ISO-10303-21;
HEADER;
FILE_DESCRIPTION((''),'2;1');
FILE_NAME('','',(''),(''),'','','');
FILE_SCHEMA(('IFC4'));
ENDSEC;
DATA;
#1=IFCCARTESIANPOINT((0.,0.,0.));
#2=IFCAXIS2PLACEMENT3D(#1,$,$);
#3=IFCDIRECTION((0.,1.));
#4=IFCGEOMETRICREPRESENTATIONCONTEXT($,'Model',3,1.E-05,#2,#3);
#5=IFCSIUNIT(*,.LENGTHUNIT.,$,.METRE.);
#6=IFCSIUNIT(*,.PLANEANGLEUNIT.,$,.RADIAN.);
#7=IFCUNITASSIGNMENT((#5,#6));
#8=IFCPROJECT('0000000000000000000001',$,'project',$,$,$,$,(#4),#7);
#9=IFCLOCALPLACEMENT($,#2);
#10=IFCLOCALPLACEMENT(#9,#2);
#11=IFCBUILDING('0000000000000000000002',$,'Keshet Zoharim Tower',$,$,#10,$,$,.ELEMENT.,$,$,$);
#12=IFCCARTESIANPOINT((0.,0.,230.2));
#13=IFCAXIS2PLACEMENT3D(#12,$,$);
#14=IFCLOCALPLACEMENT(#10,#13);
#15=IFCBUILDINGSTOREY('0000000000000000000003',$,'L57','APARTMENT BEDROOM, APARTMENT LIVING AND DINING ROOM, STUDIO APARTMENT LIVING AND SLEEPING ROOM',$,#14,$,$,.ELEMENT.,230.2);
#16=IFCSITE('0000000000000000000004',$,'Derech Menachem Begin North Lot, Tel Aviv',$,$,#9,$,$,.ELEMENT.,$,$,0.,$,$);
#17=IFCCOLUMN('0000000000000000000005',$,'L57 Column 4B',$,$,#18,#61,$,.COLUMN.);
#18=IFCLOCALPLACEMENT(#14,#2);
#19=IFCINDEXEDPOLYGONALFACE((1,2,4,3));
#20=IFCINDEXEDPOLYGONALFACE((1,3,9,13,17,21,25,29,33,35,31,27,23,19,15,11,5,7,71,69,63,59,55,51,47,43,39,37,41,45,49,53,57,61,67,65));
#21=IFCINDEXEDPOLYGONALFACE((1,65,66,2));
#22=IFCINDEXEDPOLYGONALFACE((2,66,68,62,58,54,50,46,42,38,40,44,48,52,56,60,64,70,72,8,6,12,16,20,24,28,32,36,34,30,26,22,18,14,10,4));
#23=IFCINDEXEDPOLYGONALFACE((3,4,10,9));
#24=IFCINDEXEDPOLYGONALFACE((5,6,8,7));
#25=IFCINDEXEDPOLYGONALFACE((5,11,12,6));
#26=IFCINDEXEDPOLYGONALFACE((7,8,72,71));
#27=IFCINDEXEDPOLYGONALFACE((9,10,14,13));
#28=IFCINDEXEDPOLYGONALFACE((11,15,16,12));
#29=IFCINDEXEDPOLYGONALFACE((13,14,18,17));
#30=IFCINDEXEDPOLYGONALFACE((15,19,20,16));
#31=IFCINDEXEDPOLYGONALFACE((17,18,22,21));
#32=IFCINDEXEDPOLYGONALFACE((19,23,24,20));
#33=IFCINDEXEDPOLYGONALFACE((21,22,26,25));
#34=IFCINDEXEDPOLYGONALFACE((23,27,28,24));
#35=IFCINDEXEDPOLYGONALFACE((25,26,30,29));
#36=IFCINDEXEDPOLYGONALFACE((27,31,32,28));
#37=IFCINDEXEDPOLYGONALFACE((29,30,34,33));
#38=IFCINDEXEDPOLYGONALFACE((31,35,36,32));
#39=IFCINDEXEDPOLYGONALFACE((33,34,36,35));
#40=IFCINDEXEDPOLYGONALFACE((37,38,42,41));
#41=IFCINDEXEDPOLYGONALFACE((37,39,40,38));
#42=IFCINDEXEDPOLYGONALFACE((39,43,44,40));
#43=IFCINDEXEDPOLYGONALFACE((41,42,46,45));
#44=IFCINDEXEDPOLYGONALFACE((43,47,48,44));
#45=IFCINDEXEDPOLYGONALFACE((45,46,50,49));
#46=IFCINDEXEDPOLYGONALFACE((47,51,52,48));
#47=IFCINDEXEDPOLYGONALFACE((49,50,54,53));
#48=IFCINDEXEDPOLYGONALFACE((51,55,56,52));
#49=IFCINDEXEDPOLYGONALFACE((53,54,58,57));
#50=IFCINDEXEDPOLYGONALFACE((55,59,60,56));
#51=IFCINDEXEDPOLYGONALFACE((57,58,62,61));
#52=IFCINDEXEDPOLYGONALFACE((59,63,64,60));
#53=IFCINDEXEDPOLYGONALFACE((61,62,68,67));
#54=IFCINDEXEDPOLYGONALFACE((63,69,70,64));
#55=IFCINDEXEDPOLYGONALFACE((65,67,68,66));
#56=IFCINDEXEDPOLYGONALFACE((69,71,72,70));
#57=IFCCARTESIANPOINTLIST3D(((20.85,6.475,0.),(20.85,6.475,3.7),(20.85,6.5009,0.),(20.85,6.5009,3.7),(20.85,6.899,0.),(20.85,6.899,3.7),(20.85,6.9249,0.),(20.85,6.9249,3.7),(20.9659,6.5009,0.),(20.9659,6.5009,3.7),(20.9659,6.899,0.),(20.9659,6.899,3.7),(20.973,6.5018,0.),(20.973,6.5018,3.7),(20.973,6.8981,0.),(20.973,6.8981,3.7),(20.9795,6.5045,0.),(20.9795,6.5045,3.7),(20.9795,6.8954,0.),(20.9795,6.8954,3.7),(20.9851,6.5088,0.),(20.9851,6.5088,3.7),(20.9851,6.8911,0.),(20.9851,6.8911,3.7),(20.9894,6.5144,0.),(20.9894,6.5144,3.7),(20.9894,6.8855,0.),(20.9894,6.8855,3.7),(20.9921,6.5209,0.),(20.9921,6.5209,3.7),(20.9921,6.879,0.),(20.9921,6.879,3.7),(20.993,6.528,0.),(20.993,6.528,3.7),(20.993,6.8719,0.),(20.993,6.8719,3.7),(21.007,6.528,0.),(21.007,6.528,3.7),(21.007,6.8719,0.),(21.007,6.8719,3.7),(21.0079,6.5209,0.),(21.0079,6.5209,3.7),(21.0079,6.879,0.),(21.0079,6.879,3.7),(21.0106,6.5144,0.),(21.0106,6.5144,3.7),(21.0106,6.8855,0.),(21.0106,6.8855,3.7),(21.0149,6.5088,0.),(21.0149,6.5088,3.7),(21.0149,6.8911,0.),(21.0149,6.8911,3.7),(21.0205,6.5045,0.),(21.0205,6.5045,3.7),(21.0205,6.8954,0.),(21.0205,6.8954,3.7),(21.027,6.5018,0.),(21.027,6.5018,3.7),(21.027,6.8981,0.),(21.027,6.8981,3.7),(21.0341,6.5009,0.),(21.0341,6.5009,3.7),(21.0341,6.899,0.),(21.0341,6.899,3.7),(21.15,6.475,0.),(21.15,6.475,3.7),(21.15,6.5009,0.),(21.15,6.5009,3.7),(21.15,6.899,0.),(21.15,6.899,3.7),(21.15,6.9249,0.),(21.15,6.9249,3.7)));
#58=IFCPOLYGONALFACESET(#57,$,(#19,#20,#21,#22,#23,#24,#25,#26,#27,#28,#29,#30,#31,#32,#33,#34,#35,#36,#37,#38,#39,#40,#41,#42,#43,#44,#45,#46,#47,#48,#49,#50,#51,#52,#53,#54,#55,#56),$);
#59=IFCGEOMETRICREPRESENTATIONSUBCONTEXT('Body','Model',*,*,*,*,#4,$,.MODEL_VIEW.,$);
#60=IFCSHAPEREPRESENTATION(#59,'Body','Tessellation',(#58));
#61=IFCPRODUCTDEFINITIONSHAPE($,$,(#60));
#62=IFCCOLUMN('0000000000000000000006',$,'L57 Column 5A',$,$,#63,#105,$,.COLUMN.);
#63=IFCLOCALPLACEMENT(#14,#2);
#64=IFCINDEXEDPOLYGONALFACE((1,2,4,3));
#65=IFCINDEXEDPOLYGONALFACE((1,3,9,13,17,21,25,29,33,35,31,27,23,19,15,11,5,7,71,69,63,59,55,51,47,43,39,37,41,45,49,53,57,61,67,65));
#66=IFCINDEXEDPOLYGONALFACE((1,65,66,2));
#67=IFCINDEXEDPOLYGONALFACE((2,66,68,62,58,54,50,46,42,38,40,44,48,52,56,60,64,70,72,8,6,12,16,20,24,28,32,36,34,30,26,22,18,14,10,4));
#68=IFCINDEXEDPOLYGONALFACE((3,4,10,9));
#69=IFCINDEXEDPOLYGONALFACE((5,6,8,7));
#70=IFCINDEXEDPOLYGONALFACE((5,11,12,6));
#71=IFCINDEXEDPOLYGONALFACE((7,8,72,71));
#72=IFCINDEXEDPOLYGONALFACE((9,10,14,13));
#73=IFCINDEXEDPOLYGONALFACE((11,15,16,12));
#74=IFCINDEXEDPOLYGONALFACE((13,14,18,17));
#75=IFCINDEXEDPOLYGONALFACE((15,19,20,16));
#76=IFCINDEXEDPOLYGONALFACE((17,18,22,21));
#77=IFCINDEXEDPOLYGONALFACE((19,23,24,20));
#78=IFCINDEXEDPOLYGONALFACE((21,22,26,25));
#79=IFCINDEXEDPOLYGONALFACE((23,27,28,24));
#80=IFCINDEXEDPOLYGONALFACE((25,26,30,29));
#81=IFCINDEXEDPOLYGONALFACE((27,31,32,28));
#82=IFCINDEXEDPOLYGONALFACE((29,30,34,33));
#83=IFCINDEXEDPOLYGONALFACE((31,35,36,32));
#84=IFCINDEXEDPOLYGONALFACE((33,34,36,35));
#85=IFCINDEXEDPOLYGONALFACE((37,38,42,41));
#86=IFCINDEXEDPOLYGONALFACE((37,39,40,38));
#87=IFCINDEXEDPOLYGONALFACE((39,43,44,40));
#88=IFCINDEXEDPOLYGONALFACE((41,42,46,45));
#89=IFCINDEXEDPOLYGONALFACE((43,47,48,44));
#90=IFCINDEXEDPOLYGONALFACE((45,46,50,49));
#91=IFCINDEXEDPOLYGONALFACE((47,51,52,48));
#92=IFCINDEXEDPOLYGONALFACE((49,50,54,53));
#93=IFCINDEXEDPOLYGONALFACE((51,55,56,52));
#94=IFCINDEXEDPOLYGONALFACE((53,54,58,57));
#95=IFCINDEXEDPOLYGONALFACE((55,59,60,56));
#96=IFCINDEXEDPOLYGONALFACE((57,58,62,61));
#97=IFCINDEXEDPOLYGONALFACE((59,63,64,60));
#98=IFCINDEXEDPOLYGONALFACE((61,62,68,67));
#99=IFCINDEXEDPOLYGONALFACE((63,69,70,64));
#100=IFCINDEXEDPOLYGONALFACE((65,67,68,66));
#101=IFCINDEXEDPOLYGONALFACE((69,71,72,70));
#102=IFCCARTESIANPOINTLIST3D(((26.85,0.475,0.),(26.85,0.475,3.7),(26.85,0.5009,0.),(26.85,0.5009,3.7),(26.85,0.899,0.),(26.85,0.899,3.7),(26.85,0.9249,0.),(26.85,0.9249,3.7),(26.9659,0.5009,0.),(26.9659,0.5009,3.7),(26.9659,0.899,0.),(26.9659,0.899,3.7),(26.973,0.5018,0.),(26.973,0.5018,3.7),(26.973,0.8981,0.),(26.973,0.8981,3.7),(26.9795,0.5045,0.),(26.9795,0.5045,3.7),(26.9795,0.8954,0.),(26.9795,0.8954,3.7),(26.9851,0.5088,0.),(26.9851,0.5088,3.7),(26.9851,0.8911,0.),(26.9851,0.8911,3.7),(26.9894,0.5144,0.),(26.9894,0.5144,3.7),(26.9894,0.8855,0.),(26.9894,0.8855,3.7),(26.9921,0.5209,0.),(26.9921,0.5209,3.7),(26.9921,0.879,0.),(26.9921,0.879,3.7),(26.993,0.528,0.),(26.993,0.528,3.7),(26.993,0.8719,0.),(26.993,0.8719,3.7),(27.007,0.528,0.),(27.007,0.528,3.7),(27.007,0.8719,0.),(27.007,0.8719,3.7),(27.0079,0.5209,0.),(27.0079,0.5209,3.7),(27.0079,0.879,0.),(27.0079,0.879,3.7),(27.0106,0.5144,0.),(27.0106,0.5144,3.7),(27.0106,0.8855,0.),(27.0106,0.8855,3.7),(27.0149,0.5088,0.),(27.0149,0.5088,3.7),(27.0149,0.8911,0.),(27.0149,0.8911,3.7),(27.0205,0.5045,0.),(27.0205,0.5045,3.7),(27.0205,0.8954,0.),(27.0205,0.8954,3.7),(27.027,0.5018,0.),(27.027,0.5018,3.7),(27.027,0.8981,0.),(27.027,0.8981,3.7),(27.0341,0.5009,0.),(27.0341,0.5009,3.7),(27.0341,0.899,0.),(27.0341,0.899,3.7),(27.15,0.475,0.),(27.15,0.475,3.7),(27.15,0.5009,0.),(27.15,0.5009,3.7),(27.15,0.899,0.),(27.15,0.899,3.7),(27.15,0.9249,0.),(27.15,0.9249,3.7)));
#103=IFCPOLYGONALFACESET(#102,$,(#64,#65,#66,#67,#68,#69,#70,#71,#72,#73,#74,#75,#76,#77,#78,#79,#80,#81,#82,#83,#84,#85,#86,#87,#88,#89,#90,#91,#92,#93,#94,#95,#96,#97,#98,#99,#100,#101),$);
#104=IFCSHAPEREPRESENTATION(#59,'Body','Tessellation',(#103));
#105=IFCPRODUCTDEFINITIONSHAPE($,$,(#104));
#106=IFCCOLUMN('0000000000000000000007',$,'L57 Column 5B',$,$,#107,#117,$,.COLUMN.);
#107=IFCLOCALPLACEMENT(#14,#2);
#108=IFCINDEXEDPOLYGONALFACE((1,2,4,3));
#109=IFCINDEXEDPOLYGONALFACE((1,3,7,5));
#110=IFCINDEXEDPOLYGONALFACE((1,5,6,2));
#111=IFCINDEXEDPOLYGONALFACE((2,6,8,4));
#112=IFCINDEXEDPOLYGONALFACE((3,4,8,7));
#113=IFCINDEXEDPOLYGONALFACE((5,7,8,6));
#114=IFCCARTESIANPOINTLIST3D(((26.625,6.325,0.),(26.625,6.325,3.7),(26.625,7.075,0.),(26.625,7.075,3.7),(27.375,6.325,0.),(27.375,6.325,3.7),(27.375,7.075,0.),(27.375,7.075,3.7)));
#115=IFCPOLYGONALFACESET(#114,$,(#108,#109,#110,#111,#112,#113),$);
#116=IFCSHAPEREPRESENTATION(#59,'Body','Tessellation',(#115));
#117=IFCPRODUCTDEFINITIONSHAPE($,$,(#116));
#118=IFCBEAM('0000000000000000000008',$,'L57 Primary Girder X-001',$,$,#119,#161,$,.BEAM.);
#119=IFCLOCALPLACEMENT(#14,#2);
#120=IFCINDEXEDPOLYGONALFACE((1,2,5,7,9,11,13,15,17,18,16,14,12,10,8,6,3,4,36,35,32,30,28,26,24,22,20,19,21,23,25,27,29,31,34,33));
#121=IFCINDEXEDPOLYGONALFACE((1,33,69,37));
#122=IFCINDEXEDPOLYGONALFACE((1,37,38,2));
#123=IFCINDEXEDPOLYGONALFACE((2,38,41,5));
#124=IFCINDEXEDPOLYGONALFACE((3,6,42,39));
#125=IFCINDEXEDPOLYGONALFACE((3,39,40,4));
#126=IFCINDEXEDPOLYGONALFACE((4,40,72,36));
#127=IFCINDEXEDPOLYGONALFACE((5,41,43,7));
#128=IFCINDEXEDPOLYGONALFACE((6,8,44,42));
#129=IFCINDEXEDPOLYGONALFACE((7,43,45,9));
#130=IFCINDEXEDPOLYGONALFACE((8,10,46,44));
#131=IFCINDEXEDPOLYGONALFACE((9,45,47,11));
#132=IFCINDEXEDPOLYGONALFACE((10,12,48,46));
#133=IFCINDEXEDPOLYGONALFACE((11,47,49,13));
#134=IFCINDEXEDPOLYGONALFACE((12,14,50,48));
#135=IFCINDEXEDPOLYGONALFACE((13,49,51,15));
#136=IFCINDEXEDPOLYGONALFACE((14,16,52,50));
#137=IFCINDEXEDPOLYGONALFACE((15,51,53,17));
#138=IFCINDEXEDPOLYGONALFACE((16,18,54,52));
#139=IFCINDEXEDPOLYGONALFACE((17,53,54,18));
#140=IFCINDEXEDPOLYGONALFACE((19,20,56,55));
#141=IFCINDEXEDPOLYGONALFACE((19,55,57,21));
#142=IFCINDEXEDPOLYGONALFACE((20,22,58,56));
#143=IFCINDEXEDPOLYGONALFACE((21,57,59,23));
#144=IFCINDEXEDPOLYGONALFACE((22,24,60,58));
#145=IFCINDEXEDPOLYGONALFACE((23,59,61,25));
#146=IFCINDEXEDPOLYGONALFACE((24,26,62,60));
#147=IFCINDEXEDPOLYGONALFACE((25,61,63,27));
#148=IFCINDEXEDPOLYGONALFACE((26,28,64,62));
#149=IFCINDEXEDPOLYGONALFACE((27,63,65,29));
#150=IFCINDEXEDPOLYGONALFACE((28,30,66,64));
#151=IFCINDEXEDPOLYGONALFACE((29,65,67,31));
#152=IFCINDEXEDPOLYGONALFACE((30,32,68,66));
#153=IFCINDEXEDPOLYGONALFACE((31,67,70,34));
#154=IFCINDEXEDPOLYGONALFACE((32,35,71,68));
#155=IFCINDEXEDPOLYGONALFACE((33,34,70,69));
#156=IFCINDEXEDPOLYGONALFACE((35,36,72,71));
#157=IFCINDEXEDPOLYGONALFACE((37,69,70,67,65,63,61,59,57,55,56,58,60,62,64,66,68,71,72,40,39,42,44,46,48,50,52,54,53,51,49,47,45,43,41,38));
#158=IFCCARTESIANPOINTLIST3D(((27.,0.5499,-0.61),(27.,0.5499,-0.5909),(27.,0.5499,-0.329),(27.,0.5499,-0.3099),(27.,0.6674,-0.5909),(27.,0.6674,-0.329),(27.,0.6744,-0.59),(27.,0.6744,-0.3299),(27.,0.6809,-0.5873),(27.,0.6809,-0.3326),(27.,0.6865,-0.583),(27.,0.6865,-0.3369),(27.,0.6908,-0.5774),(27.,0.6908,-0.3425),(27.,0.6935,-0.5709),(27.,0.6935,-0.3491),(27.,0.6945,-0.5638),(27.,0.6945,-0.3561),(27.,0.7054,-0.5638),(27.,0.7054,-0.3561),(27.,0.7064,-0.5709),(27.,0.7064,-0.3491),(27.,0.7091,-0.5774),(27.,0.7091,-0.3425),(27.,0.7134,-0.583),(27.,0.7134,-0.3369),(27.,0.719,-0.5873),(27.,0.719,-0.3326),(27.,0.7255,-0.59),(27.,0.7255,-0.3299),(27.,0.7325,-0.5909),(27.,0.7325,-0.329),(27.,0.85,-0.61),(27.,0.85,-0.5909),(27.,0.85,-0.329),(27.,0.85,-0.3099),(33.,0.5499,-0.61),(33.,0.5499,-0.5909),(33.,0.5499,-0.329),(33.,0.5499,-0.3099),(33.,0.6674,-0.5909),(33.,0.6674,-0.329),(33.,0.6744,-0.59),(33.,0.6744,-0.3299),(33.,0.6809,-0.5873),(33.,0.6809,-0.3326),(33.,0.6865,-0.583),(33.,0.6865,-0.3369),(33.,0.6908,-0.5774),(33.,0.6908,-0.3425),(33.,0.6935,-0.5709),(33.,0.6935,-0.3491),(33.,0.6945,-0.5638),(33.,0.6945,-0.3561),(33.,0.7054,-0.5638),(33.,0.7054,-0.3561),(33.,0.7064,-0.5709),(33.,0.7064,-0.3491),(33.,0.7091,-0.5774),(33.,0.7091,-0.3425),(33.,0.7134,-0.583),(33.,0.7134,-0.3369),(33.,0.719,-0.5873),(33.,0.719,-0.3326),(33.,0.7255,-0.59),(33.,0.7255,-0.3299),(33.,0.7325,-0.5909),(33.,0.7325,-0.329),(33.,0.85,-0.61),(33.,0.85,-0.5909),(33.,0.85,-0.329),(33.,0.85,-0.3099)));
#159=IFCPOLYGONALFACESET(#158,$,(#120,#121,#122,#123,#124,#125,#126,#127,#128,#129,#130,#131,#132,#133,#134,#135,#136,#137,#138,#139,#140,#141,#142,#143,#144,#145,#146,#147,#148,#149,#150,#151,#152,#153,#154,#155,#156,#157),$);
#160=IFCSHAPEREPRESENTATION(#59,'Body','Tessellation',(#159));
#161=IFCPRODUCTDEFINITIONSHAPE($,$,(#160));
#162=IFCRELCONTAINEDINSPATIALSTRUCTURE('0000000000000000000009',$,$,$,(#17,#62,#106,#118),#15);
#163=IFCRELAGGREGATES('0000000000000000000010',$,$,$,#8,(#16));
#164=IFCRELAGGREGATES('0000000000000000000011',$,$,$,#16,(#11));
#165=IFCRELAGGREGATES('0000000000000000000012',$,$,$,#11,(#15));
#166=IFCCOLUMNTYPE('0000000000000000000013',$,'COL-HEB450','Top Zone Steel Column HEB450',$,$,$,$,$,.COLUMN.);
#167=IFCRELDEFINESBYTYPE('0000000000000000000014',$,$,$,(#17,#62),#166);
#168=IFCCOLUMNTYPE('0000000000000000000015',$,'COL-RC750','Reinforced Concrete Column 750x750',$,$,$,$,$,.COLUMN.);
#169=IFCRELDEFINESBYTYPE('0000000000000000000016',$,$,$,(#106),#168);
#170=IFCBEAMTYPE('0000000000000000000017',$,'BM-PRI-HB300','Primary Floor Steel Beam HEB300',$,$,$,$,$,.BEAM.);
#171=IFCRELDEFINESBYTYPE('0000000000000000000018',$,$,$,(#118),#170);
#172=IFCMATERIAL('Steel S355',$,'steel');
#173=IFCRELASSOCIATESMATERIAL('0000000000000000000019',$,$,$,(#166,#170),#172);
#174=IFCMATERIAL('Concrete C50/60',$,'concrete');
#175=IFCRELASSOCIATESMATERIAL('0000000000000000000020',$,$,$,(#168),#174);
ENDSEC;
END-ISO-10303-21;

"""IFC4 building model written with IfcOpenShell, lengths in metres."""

from ifc_helpers import new_model, si_unit, direction, frame, origin, origin_2d, place, context, subcontext, project, spatial, rectangle, i_section, extrude, material, material_profile, profile_set, type_object, element, save


model = new_model("IFC4")

# Units and contexts
model_context = context("Model", 3, precision=1e-05, world=origin(), true_north=direction((0.0, 1.0)))
body_context = subcontext(model_context, "Body", "Model", "MODEL_VIEW")
ifc_project = project(units=[si_unit("LENGTHUNIT", "METRE"), si_unit("PLANEANGLEUNIT", "RADIAN")], contexts=[model_context])

# Site, building, storey
site_placement = place(None, origin())
site = spatial("IfcSite", under=ifc_project, at=site_placement, Name="Derech Menachem Begin North Lot, Tel Aviv", CompositionType="ELEMENT", RefElevation=0.0)
building_placement = place(site_placement, origin())
building = spatial("IfcBuilding", under=site, at=building_placement, Name="Keshet Zoharim Tower", CompositionType="ELEMENT")
storey_placement = place(building_placement, frame((0.0, 0.0, 230.2)))
storey = spatial("IfcBuildingStorey", under=building, at=storey_placement, Name="L57", Description="APARTMENT BEDROOM, APARTMENT LIVING AND DINING ROOM, STUDIO APARTMENT LIVING AND SLEEPING ROOM", CompositionType="ELEMENT", Elevation=230.2)

# Columns
ifc_material_1 = material(Name="Steel S355", Category="steel")
ifc_material_profile_1 = material_profile(ifc_material_1, i_section(OverallWidth=0.3, OverallDepth=0.45, WebThickness=0.0139, FlangeThickness=0.0259, FilletRadius=0.0271, at=origin_2d()), Name="HEB450")
ifc_profile_set_1 = profile_set([ifc_material_profile_1], Name="Steel S355")
column_type_1 = type_object("IfcColumnType", Name="COL-HEB450", Description="Top Zone Steel Column HEB450", PredefinedType="COLUMN", material=ifc_profile_set_1)
for number, where, z_axis, x_axis, name in (
    (1, (21.0, 6.7, 0.0), (0.0, 0.0, 1.0), (1.0, 0.0, 0.0), "L57 Column 4B"),
    (2, (27.0, 0.7, 0.0), (0.0, 0.0, 1.0), (1.0, 0.0, 0.0), "L57 Column 5A"),
):
    element("IfcColumn", number, at=place(storey_placement, frame(where, z_axis=z_axis, x_axis=x_axis)), inside=storey, type_object=column_type_1, Name=name, PredefinedType="COLUMN", context=body_context, shape_type="SweptSolid", body=[
        extrude(i_section(OverallWidth=0.3, OverallDepth=0.45, WebThickness=0.0139, FlangeThickness=0.0259, FilletRadius=0.0271, at=origin_2d()), origin(), (0.0, 0.0, 1.0), 3.7),
    ])
ifc_material_2 = material(Name="Concrete C50/60", Category="concrete")
ifc_material_profile_2 = material_profile(ifc_material_2, rectangle(XDim=0.75, YDim=0.75, at=origin_2d()), Name="RC750x750")
ifc_profile_set_2 = profile_set([ifc_material_profile_2], Name="Concrete C50/60")
column_type_2 = type_object("IfcColumnType", Name="COL-RC750", Description="Reinforced Concrete Column 750x750", PredefinedType="COLUMN", material=ifc_profile_set_2)
column_placement = place(storey_placement, frame((27.0, 6.7, 0.0), z_axis=(0.0, 0.0, 1.0), x_axis=(1.0, 0.0, 0.0)))
element("IfcColumn", 3, at=column_placement, inside=storey, type_object=column_type_2, Name="L57 Column 5B", PredefinedType="COLUMN", context=body_context, shape_type="SweptSolid", body=[
    extrude(rectangle(XDim=0.75, YDim=0.75, at=origin_2d()), origin(), (0.0, 0.0, 1.0), 3.7),
])

# Beam
ifc_material_profile_3 = material_profile(ifc_material_1, i_section(OverallWidth=0.3, OverallDepth=0.3, WebThickness=0.011, FlangeThickness=0.019, FilletRadius=0.0271, at=origin_2d()), Name="HEB300")
ifc_profile_set_3 = profile_set([ifc_material_profile_3], Name="Steel S355")
beam_type_1 = type_object("IfcBeamType", Name="BM-PRI-HB300", Description="Primary Floor Steel Beam HEB300", PredefinedType="BEAM", material=ifc_profile_set_3)
for number, where, z_axis, x_axis, name in (
    (4, (27.0, 0.7, -0.46), (1.0, 0.0, 0.0), (0.0, 1.0, 0.0), "L57 Primary Girder X-001"),
):
    element("IfcBeam", number, at=place(storey_placement, frame(where, z_axis=z_axis, x_axis=x_axis)), inside=storey, type_object=beam_type_1, Name=name, PredefinedType="BEAM", context=body_context, shape_type="SweptSolid", body=[
        extrude(i_section(OverallWidth=0.3, OverallDepth=0.3, WebThickness=0.011, FlangeThickness=0.019, FilletRadius=0.0271, at=origin_2d()), origin(), (0.0, 0.0, 1.0), 6.0),
    ])

save(model, "model.ifc")
